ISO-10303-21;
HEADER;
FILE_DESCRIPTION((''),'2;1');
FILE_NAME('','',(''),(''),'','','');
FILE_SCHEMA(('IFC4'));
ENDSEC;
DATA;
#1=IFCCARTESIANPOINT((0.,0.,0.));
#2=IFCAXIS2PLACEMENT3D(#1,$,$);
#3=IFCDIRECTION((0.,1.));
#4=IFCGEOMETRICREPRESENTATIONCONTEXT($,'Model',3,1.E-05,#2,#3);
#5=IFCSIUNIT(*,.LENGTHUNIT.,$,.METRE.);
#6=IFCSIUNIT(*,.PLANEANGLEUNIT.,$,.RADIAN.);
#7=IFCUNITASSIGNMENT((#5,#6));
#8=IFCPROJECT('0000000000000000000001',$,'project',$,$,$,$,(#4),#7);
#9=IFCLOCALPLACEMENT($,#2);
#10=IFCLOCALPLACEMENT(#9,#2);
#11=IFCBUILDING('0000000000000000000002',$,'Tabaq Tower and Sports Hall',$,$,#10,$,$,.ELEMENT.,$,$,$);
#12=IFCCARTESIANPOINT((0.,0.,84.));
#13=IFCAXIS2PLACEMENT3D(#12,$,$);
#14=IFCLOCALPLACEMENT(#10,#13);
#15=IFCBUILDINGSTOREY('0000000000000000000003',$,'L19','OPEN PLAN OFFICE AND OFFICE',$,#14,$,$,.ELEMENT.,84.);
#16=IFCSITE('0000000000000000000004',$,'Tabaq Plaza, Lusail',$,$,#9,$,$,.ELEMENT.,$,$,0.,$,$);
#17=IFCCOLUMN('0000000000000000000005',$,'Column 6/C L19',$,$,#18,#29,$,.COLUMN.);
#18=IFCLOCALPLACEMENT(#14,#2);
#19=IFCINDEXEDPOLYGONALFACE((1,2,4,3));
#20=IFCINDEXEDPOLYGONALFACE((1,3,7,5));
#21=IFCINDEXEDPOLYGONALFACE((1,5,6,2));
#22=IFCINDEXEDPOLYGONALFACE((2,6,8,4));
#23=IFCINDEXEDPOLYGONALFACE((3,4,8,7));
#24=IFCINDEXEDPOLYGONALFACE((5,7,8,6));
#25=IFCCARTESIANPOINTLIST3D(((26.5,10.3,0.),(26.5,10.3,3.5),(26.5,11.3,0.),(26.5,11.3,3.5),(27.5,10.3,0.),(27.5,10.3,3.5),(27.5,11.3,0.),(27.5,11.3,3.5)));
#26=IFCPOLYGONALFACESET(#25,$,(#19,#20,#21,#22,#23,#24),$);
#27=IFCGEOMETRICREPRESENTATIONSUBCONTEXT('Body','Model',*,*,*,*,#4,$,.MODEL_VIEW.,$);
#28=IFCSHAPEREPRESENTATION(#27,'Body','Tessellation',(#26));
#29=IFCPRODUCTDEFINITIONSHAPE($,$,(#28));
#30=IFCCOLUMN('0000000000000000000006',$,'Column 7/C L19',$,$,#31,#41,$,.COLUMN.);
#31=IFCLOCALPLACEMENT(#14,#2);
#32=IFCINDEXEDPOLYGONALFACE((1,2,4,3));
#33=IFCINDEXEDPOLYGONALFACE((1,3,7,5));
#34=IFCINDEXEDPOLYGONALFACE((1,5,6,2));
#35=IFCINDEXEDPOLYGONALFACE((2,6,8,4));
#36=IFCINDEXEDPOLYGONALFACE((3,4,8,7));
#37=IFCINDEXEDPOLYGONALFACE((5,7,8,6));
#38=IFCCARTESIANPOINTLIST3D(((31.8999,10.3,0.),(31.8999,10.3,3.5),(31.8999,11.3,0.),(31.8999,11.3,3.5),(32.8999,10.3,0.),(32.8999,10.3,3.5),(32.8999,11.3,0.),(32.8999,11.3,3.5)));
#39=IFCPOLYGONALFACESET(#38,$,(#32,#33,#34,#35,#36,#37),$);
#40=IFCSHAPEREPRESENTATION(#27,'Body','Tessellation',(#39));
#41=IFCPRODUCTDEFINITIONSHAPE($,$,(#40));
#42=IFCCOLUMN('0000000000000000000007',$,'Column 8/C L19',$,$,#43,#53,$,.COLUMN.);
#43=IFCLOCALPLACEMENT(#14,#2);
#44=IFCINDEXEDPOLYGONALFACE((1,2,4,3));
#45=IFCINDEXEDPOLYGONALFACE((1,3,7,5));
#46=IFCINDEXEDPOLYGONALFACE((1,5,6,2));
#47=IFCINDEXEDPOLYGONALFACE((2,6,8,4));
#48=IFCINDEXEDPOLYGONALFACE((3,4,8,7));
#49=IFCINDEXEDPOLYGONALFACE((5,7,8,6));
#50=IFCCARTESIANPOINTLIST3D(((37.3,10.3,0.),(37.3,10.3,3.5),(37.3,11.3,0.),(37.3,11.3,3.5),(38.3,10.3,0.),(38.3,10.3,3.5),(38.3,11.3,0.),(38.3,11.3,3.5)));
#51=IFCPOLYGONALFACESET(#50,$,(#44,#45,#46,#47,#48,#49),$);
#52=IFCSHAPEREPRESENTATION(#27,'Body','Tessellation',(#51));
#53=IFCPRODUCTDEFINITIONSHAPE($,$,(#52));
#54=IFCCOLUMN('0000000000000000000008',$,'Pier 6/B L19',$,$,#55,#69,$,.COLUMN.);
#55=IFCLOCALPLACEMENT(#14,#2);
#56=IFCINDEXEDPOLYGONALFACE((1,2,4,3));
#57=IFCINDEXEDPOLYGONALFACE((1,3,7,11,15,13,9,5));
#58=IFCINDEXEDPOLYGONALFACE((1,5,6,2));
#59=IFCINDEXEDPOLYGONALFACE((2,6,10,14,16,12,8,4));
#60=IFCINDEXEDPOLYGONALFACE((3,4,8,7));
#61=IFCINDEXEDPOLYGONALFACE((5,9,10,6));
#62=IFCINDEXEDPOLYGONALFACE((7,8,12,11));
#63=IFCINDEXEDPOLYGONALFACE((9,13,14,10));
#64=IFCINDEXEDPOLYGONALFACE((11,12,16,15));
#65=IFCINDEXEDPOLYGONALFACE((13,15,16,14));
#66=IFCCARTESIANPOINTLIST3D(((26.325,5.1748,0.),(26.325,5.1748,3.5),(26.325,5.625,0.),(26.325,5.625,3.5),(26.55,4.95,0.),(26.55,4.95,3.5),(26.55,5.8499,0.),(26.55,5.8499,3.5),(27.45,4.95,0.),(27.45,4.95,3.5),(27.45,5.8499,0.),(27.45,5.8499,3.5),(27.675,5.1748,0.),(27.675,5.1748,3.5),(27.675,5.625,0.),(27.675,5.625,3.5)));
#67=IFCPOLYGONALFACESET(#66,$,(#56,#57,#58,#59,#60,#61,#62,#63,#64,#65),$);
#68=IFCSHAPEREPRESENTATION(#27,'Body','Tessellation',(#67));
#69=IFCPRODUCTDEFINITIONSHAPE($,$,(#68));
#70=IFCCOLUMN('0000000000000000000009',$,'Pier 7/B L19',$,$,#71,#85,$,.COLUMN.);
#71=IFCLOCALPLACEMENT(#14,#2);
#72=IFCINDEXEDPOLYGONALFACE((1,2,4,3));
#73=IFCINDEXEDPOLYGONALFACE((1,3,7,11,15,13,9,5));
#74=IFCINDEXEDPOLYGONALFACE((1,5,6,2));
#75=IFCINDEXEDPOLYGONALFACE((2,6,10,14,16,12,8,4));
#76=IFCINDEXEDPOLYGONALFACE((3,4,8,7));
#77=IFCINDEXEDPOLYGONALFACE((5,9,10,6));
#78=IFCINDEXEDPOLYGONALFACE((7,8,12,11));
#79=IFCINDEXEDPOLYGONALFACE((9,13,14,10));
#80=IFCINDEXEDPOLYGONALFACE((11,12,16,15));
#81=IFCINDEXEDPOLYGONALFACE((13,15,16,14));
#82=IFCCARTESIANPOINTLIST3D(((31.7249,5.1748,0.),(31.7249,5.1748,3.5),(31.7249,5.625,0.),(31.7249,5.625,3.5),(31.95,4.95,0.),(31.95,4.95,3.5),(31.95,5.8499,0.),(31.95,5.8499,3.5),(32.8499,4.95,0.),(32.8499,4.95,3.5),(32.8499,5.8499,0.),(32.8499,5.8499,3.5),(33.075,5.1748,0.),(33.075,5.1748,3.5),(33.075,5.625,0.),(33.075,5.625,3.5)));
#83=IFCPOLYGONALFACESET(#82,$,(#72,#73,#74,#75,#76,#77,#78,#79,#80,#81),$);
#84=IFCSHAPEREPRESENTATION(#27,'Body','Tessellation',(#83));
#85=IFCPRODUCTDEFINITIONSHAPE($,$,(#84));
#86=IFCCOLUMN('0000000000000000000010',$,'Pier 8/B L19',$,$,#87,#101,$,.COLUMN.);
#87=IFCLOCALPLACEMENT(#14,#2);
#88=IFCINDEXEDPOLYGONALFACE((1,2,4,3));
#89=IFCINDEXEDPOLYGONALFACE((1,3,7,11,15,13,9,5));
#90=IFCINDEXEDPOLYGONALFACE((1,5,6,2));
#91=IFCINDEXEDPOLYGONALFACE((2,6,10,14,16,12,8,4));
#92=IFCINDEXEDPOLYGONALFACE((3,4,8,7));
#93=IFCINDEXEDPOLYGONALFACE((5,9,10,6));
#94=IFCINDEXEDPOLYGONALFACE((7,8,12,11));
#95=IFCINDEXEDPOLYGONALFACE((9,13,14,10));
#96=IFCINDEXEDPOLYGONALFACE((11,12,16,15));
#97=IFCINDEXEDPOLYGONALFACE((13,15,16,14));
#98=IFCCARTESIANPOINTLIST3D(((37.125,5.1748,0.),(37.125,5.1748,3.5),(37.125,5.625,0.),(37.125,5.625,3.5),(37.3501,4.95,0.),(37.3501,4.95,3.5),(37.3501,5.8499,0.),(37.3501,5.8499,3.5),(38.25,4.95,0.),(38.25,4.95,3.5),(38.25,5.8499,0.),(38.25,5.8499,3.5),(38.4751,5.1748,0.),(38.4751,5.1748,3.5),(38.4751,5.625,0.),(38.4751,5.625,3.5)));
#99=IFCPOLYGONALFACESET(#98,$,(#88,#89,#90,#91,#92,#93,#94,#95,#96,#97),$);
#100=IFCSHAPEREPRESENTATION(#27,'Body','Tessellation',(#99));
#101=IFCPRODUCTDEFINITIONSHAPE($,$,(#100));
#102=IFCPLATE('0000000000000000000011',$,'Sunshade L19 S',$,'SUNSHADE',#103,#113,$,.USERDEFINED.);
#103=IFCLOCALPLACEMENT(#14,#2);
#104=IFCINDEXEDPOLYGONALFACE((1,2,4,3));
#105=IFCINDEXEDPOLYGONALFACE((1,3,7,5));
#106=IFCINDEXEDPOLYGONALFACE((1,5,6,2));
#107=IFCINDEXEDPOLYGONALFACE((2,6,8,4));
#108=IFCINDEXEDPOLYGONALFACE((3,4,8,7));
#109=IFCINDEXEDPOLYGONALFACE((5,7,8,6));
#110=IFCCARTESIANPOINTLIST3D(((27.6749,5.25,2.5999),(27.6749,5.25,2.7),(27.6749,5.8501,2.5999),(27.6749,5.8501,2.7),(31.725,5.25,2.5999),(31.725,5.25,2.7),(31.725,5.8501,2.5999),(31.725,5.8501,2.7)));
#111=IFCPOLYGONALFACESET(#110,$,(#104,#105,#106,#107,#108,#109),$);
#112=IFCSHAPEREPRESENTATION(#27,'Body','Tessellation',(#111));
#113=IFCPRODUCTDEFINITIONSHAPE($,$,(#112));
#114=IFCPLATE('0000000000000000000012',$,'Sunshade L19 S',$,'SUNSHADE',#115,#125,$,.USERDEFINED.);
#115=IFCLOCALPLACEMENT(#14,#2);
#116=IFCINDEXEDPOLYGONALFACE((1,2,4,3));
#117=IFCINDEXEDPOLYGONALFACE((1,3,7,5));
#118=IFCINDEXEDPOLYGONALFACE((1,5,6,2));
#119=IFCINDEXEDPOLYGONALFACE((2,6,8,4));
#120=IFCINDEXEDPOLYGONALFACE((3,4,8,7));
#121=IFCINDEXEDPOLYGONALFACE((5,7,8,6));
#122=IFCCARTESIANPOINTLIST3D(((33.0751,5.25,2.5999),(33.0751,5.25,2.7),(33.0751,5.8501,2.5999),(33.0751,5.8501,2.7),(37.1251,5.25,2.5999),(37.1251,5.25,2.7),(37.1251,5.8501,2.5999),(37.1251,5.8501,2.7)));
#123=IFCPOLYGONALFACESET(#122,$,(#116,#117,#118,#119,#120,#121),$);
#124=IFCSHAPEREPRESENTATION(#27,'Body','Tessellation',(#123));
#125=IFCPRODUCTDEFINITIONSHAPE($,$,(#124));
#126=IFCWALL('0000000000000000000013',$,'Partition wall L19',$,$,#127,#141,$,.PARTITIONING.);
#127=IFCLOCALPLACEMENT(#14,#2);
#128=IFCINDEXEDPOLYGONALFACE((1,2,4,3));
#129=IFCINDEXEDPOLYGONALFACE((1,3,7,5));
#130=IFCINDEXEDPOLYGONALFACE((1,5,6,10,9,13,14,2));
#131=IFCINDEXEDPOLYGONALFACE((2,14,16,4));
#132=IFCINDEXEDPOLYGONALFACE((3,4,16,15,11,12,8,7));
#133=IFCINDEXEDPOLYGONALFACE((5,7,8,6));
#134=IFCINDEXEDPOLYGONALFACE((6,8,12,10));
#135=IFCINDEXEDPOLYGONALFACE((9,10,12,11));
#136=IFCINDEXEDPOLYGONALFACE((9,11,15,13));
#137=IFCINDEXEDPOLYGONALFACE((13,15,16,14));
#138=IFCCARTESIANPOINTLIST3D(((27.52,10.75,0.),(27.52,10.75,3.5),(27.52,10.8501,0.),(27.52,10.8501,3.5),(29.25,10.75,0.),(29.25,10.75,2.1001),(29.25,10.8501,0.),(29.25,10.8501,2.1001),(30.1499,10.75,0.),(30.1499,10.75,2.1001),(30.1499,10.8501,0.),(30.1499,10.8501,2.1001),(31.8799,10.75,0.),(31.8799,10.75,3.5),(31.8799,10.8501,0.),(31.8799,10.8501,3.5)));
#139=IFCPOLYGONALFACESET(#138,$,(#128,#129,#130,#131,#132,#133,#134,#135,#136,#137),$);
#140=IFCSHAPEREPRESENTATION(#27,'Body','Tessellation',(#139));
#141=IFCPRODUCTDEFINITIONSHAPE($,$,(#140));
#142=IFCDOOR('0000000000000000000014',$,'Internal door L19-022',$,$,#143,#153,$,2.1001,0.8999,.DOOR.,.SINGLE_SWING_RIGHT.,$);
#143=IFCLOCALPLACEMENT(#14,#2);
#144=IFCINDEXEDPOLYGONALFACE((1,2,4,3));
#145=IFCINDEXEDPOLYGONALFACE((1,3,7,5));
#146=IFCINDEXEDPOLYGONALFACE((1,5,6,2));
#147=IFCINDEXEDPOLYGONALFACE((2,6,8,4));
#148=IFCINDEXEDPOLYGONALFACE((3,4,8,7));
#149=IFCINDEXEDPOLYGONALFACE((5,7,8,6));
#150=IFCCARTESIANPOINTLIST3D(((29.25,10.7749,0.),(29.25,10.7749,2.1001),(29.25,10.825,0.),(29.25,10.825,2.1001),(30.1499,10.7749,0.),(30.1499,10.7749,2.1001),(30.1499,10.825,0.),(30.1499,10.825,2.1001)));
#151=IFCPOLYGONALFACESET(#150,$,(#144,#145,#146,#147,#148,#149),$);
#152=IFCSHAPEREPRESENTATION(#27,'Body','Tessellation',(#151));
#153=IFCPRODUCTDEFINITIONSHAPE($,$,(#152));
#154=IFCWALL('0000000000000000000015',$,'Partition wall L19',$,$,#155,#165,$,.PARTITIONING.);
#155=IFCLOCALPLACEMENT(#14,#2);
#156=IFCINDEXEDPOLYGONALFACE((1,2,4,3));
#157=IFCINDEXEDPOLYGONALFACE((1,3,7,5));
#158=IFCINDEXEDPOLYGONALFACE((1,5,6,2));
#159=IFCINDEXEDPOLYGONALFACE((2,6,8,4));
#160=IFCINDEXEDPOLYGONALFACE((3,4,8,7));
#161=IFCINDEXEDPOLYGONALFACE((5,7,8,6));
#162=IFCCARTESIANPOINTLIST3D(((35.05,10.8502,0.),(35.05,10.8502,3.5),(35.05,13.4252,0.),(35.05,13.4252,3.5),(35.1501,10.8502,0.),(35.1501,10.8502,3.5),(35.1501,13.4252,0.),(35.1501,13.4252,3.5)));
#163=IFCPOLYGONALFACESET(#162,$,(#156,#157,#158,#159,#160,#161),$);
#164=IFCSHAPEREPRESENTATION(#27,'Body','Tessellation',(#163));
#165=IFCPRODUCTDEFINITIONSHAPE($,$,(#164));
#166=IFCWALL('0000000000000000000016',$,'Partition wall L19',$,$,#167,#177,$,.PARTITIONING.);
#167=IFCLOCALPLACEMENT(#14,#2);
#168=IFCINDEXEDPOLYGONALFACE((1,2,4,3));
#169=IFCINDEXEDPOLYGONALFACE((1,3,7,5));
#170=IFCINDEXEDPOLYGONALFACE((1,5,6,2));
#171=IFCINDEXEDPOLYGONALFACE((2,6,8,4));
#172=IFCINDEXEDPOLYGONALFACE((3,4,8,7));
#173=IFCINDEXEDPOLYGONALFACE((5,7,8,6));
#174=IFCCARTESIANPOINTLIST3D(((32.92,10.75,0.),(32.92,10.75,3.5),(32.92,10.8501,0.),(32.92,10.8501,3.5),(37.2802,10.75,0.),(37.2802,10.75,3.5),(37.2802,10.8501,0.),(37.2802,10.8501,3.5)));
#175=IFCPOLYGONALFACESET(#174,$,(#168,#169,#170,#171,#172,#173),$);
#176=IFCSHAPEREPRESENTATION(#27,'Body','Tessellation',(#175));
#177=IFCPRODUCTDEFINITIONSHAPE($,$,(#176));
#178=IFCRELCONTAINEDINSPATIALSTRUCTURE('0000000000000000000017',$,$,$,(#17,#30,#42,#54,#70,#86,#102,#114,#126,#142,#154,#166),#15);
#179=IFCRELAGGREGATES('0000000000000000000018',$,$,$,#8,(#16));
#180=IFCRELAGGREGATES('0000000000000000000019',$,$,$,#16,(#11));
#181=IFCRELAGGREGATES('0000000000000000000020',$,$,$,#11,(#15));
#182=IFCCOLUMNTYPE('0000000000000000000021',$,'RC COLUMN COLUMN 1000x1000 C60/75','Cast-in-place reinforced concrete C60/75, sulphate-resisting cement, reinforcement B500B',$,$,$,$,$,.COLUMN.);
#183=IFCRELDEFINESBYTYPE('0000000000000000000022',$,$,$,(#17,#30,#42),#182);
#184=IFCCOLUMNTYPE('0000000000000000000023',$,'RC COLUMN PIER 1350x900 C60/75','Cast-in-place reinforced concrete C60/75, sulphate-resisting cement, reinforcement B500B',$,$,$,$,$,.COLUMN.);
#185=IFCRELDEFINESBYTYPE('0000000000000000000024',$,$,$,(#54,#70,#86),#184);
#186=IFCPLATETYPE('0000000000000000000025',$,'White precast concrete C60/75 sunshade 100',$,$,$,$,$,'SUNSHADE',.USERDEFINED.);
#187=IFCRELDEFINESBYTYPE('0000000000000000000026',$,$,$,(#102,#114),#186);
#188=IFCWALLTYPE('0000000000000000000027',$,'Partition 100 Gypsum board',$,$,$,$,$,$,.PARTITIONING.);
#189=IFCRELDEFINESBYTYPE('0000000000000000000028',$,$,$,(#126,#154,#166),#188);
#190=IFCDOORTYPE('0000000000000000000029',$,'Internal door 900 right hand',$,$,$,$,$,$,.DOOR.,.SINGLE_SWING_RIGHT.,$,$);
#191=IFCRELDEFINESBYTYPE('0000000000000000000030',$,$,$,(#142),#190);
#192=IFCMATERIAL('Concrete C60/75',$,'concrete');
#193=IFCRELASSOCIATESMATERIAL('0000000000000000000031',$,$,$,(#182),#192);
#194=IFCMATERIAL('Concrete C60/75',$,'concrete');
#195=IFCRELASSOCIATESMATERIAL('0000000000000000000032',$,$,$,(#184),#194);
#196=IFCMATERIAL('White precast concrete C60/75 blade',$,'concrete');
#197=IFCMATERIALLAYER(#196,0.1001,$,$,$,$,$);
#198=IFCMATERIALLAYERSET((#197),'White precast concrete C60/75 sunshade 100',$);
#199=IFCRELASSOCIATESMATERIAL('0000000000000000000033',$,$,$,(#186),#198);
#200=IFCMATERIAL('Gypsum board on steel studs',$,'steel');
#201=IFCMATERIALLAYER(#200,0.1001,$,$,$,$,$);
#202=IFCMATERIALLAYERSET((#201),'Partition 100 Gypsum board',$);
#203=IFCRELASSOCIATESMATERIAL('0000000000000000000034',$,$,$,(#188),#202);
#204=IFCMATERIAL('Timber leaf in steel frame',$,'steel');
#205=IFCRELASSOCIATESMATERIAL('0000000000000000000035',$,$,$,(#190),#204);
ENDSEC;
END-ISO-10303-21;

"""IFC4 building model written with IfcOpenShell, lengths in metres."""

from ifc_helpers import new_model, si_unit, direction, frame, frame_2d, origin, origin_2d, place, context, subcontext, project, spatial, polyline, rectangle, outline, extrude, material, layer, layer_set, material_profile, profile_set, type_object, element, fill, save


model = new_model("IFC4")

# Units and contexts
model_context = context("Model", 3, precision=1e-05, world=origin(), true_north=direction((0.0, 1.0)))
body_context = subcontext(model_context, "Body", "Model", "MODEL_VIEW")
ifc_project = project(units=[si_unit("LENGTHUNIT", "METRE"), si_unit("PLANEANGLEUNIT", "RADIAN")], contexts=[model_context])

# Site, building, storey
site_placement = place(None, origin())
site = spatial("IfcSite", under=ifc_project, at=site_placement, Name="Tabaq Plaza, Lusail", CompositionType="ELEMENT", RefElevation=0.0)
building_placement = place(site_placement, origin())
building = spatial("IfcBuilding", under=site, at=building_placement, Name="Tabaq Tower and Sports Hall", CompositionType="ELEMENT")
storey_placement = place(building_placement, frame((0.0, 0.0, 84.0)))
storey = spatial("IfcBuildingStorey", under=building, at=storey_placement, Name="L19", Description="OPEN PLAN OFFICE AND OFFICE", CompositionType="ELEMENT", Elevation=84.0)

# Columns
ifc_material_1 = material(Name="Concrete C60/75", Category="concrete")
ifc_material_profile_1 = material_profile(ifc_material_1, rectangle(XDim=1.0, YDim=1.0, at=origin_2d()), Name="COLUMN 1000x1000")
ifc_profile_set_1 = profile_set([ifc_material_profile_1], Name="Concrete C60/75")
column_type_1 = type_object("IfcColumnType", Name="RC COLUMN COLUMN 1000x1000 C60/75", Description="Cast-in-place reinforced concrete C60/75, sulphate-resisting cement, reinforcement B500B", PredefinedType="COLUMN", material=ifc_profile_set_1)
for number, where, z_axis, x_axis, name in (
    (1, (27.0, 10.8, 0.0), (0.0, 0.0, 1.0), (1.0, 0.0, 0.0), "Column 6/C L19"),
    (2, (32.3999, 10.8, 0.0), (0.0, 0.0, 1.0), (1.0, 0.0, 0.0), "Column 7/C L19"),
    (3, (37.8, 10.8, 0.0), (0.0, 0.0, 1.0), (1.0, 0.0, 0.0), "Column 8/C L19"),
):
    element("IfcColumn", number, at=place(storey_placement, frame(where, z_axis=z_axis, x_axis=x_axis)), inside=storey, type_object=column_type_1, Name=name, PredefinedType="COLUMN", context=body_context, shape_type="SweptSolid", body=[
        extrude(rectangle(XDim=1.0, YDim=1.0, at=origin_2d()), origin(), (0.0, 0.0, 1.0), 3.5),
    ])
ifc_material_2 = material(Name="Concrete C60/75", Category="concrete")
ifc_material_profile_2 = material_profile(ifc_material_2, outline(polyline([(-0.45, -0.45), (0.45, -0.45), (0.675, -0.2251), (0.675, 0.2251), (0.45, 0.45), (-0.45, 0.45), (-0.675, 0.2251), (-0.675, -0.2251), (-0.45, -0.45)])), Name="PIER 1350x900")
ifc_profile_set_2 = profile_set([ifc_material_profile_2], Name="Concrete C60/75")
column_type_2 = type_object("IfcColumnType", Name="RC COLUMN PIER 1350x900 C60/75", Description="Cast-in-place reinforced concrete C60/75, sulphate-resisting cement, reinforcement B500B", PredefinedType="COLUMN", material=ifc_profile_set_2)
for number, where, z_axis, x_axis, name in (
    (4, (27.0, 5.3999, 0.0), (0.0, 0.0, 1.0), (1.0, 0.0, 0.0), "Pier 6/B L19"),
    (5, (32.3999, 5.3999, 0.0), (0.0, 0.0, 1.0), (1.0, 0.0, 0.0), "Pier 7/B L19"),
    (6, (37.8, 5.3999, 0.0), (0.0, 0.0, 1.0), (1.0, 0.0, 0.0), "Pier 8/B L19"),
):
    element("IfcColumn", number, at=place(storey_placement, frame(where, z_axis=z_axis, x_axis=x_axis)), inside=storey, type_object=column_type_2, Name=name, PredefinedType="COLUMN", context=body_context, shape_type="SweptSolid", body=[
        extrude(outline(polyline([(-0.45, -0.45), (0.45, -0.45), (0.675, -0.2251), (0.675, 0.2251), (0.45, 0.45), (-0.45, 0.45), (-0.675, 0.2251), (-0.675, -0.2251), (-0.45, -0.45)])), origin(), (0.0, 0.0, 1.0), 3.5),
    ])

# Plates
ifc_material_3 = material(Name="White precast concrete C60/75 blade", Category="concrete")
ifc_layer_1 = layer(ifc_material_3, 0.1001)
ifc_layer_set_1 = layer_set([ifc_layer_1], Name="White precast concrete C60/75 sunshade 100")
plate_type = type_object("IfcPlateType", Name="White precast concrete C60/75 sunshade 100", ElementType="SUNSHADE", PredefinedType="USERDEFINED", material=ifc_layer_set_1)
for number, where, z_axis, x_axis, name in (
    (7, (29.7, 5.55, 2.5999), (0.0, 0.0, 1.0), (1.0, 0.0, 0.0), "Sunshade L19 S"),
    (8, (35.1001, 5.55, 2.5999), (0.0, 0.0, 1.0), (1.0, 0.0, 0.0), "Sunshade L19 S"),
):
    element("IfcPlate", number, at=place(storey_placement, frame(where, z_axis=z_axis, x_axis=x_axis)), inside=storey, type_object=plate_type, Name=name, ObjectType="SUNSHADE", PredefinedType="USERDEFINED", context=body_context, shape_type="SweptSolid", body=[
        extrude(rectangle(XDim=4.05, YDim=0.6001, at=origin_2d()), origin(), (0.0, 0.0, 1.0), 0.1001),
    ])

# Wall, opening, door
ifc_material_4 = material(Name="Gypsum board on steel studs", Category="steel")
ifc_layer_2 = layer(ifc_material_4, 0.1001)
ifc_layer_set_2 = layer_set([ifc_layer_2], Name="Partition 100 Gypsum board")
wall_type_1 = type_object("IfcWallType", Name="Partition 100 Gypsum board", PredefinedType="PARTITIONING", material=ifc_layer_set_2)
wall_1_placement = place(storey_placement, frame((27.52, 10.8, 0.0), z_axis=(0.0, 0.0, 1.0), x_axis=(1.0, 0.0, 0.0)))
wall_1 = element("IfcWall", 9, at=wall_1_placement, inside=storey, type_object=wall_type_1, Name="Partition wall L19", PredefinedType="PARTITIONING", context=body_context, shape_type="SweptSolid", body=[
    extrude(rectangle(XDim=4.3599, YDim=0.1001, at=frame_2d((2.1799, 0.0))), origin(), (0.0, 0.0, 1.0), 3.5),
])
opening_1_placement = place(wall_1_placement, frame((1.73, 0.0, 0.0)))
opening_1 = element("IfcOpeningElement", 10, at=opening_1_placement, cuts=wall_1, PredefinedType="OPENING", context=body_context, shape_type="SweptSolid", body=[
    extrude(rectangle(XDim=0.8999, YDim=2.1001, at=frame_2d((0.45, 1.05))), frame((0.0, 0.05, 0.0), z_axis=(0.0, -1.0, 0.0), x_axis=(1.0, 0.0, 0.0)), (0.0, 0.0, 1.0), 0.1001),
])
ifc_material_5 = material(Name="Timber leaf in steel frame", Category="steel")
door_type_1 = type_object("IfcDoorType", Name="Internal door 900 right hand", OperationType="SINGLE_SWING_RIGHT", PredefinedType="DOOR", material=ifc_material_5)
door_1_placement = place(opening_1_placement, origin())
door_1 = element("IfcDoor", 11, at=door_1_placement, inside=storey, type_object=door_type_1, Name="Internal door L19-022", OperationType="SINGLE_SWING_RIGHT", OverallHeight=2.1001, OverallWidth=0.8999, PredefinedType="DOOR", context=body_context, shape_type="SweptSolid", body=[
    extrude(rectangle(XDim=0.8999, YDim=2.1001, at=frame_2d((0.45, 1.05))), frame((0.0, 0.0249, 0.0), z_axis=(0.0, -1.0, 0.0), x_axis=(1.0, 0.0, 0.0)), (0.0, 0.0, 1.0), 0.05),
])
fill(opening_1, door_1)

# Walls
wall_2_placement = place(storey_placement, frame((35.1001, 10.8501, 0.0), z_axis=(0.0, 0.0, 1.0), x_axis=(0.0, 1.0, 0.0)))
element("IfcWall", 12, at=wall_2_placement, inside=storey, type_object=wall_type_1, Name="Partition wall L19", PredefinedType="PARTITIONING", context=body_context, shape_type="SweptSolid", body=[
    extrude(rectangle(XDim=2.575, YDim=0.1001, at=frame_2d((1.2876, 0.0))), origin(), (0.0, 0.0, 1.0), 3.5),
])
wall_3_placement = place(storey_placement, frame((32.9199, 10.8, 0.0), z_axis=(0.0, 0.0, 1.0), x_axis=(1.0, 0.0, 0.0)))
element("IfcWall", 13, at=wall_3_placement, inside=storey, type_object=wall_type_1, Name="Partition wall L19", PredefinedType="PARTITIONING", context=body_context, shape_type="SweptSolid", body=[
    extrude(rectangle(XDim=4.3601, YDim=0.1001, at=frame_2d((2.1802, 0.0))), origin(), (0.0, 0.0, 1.0), 3.5),
])

save(model, "model.ifc")
